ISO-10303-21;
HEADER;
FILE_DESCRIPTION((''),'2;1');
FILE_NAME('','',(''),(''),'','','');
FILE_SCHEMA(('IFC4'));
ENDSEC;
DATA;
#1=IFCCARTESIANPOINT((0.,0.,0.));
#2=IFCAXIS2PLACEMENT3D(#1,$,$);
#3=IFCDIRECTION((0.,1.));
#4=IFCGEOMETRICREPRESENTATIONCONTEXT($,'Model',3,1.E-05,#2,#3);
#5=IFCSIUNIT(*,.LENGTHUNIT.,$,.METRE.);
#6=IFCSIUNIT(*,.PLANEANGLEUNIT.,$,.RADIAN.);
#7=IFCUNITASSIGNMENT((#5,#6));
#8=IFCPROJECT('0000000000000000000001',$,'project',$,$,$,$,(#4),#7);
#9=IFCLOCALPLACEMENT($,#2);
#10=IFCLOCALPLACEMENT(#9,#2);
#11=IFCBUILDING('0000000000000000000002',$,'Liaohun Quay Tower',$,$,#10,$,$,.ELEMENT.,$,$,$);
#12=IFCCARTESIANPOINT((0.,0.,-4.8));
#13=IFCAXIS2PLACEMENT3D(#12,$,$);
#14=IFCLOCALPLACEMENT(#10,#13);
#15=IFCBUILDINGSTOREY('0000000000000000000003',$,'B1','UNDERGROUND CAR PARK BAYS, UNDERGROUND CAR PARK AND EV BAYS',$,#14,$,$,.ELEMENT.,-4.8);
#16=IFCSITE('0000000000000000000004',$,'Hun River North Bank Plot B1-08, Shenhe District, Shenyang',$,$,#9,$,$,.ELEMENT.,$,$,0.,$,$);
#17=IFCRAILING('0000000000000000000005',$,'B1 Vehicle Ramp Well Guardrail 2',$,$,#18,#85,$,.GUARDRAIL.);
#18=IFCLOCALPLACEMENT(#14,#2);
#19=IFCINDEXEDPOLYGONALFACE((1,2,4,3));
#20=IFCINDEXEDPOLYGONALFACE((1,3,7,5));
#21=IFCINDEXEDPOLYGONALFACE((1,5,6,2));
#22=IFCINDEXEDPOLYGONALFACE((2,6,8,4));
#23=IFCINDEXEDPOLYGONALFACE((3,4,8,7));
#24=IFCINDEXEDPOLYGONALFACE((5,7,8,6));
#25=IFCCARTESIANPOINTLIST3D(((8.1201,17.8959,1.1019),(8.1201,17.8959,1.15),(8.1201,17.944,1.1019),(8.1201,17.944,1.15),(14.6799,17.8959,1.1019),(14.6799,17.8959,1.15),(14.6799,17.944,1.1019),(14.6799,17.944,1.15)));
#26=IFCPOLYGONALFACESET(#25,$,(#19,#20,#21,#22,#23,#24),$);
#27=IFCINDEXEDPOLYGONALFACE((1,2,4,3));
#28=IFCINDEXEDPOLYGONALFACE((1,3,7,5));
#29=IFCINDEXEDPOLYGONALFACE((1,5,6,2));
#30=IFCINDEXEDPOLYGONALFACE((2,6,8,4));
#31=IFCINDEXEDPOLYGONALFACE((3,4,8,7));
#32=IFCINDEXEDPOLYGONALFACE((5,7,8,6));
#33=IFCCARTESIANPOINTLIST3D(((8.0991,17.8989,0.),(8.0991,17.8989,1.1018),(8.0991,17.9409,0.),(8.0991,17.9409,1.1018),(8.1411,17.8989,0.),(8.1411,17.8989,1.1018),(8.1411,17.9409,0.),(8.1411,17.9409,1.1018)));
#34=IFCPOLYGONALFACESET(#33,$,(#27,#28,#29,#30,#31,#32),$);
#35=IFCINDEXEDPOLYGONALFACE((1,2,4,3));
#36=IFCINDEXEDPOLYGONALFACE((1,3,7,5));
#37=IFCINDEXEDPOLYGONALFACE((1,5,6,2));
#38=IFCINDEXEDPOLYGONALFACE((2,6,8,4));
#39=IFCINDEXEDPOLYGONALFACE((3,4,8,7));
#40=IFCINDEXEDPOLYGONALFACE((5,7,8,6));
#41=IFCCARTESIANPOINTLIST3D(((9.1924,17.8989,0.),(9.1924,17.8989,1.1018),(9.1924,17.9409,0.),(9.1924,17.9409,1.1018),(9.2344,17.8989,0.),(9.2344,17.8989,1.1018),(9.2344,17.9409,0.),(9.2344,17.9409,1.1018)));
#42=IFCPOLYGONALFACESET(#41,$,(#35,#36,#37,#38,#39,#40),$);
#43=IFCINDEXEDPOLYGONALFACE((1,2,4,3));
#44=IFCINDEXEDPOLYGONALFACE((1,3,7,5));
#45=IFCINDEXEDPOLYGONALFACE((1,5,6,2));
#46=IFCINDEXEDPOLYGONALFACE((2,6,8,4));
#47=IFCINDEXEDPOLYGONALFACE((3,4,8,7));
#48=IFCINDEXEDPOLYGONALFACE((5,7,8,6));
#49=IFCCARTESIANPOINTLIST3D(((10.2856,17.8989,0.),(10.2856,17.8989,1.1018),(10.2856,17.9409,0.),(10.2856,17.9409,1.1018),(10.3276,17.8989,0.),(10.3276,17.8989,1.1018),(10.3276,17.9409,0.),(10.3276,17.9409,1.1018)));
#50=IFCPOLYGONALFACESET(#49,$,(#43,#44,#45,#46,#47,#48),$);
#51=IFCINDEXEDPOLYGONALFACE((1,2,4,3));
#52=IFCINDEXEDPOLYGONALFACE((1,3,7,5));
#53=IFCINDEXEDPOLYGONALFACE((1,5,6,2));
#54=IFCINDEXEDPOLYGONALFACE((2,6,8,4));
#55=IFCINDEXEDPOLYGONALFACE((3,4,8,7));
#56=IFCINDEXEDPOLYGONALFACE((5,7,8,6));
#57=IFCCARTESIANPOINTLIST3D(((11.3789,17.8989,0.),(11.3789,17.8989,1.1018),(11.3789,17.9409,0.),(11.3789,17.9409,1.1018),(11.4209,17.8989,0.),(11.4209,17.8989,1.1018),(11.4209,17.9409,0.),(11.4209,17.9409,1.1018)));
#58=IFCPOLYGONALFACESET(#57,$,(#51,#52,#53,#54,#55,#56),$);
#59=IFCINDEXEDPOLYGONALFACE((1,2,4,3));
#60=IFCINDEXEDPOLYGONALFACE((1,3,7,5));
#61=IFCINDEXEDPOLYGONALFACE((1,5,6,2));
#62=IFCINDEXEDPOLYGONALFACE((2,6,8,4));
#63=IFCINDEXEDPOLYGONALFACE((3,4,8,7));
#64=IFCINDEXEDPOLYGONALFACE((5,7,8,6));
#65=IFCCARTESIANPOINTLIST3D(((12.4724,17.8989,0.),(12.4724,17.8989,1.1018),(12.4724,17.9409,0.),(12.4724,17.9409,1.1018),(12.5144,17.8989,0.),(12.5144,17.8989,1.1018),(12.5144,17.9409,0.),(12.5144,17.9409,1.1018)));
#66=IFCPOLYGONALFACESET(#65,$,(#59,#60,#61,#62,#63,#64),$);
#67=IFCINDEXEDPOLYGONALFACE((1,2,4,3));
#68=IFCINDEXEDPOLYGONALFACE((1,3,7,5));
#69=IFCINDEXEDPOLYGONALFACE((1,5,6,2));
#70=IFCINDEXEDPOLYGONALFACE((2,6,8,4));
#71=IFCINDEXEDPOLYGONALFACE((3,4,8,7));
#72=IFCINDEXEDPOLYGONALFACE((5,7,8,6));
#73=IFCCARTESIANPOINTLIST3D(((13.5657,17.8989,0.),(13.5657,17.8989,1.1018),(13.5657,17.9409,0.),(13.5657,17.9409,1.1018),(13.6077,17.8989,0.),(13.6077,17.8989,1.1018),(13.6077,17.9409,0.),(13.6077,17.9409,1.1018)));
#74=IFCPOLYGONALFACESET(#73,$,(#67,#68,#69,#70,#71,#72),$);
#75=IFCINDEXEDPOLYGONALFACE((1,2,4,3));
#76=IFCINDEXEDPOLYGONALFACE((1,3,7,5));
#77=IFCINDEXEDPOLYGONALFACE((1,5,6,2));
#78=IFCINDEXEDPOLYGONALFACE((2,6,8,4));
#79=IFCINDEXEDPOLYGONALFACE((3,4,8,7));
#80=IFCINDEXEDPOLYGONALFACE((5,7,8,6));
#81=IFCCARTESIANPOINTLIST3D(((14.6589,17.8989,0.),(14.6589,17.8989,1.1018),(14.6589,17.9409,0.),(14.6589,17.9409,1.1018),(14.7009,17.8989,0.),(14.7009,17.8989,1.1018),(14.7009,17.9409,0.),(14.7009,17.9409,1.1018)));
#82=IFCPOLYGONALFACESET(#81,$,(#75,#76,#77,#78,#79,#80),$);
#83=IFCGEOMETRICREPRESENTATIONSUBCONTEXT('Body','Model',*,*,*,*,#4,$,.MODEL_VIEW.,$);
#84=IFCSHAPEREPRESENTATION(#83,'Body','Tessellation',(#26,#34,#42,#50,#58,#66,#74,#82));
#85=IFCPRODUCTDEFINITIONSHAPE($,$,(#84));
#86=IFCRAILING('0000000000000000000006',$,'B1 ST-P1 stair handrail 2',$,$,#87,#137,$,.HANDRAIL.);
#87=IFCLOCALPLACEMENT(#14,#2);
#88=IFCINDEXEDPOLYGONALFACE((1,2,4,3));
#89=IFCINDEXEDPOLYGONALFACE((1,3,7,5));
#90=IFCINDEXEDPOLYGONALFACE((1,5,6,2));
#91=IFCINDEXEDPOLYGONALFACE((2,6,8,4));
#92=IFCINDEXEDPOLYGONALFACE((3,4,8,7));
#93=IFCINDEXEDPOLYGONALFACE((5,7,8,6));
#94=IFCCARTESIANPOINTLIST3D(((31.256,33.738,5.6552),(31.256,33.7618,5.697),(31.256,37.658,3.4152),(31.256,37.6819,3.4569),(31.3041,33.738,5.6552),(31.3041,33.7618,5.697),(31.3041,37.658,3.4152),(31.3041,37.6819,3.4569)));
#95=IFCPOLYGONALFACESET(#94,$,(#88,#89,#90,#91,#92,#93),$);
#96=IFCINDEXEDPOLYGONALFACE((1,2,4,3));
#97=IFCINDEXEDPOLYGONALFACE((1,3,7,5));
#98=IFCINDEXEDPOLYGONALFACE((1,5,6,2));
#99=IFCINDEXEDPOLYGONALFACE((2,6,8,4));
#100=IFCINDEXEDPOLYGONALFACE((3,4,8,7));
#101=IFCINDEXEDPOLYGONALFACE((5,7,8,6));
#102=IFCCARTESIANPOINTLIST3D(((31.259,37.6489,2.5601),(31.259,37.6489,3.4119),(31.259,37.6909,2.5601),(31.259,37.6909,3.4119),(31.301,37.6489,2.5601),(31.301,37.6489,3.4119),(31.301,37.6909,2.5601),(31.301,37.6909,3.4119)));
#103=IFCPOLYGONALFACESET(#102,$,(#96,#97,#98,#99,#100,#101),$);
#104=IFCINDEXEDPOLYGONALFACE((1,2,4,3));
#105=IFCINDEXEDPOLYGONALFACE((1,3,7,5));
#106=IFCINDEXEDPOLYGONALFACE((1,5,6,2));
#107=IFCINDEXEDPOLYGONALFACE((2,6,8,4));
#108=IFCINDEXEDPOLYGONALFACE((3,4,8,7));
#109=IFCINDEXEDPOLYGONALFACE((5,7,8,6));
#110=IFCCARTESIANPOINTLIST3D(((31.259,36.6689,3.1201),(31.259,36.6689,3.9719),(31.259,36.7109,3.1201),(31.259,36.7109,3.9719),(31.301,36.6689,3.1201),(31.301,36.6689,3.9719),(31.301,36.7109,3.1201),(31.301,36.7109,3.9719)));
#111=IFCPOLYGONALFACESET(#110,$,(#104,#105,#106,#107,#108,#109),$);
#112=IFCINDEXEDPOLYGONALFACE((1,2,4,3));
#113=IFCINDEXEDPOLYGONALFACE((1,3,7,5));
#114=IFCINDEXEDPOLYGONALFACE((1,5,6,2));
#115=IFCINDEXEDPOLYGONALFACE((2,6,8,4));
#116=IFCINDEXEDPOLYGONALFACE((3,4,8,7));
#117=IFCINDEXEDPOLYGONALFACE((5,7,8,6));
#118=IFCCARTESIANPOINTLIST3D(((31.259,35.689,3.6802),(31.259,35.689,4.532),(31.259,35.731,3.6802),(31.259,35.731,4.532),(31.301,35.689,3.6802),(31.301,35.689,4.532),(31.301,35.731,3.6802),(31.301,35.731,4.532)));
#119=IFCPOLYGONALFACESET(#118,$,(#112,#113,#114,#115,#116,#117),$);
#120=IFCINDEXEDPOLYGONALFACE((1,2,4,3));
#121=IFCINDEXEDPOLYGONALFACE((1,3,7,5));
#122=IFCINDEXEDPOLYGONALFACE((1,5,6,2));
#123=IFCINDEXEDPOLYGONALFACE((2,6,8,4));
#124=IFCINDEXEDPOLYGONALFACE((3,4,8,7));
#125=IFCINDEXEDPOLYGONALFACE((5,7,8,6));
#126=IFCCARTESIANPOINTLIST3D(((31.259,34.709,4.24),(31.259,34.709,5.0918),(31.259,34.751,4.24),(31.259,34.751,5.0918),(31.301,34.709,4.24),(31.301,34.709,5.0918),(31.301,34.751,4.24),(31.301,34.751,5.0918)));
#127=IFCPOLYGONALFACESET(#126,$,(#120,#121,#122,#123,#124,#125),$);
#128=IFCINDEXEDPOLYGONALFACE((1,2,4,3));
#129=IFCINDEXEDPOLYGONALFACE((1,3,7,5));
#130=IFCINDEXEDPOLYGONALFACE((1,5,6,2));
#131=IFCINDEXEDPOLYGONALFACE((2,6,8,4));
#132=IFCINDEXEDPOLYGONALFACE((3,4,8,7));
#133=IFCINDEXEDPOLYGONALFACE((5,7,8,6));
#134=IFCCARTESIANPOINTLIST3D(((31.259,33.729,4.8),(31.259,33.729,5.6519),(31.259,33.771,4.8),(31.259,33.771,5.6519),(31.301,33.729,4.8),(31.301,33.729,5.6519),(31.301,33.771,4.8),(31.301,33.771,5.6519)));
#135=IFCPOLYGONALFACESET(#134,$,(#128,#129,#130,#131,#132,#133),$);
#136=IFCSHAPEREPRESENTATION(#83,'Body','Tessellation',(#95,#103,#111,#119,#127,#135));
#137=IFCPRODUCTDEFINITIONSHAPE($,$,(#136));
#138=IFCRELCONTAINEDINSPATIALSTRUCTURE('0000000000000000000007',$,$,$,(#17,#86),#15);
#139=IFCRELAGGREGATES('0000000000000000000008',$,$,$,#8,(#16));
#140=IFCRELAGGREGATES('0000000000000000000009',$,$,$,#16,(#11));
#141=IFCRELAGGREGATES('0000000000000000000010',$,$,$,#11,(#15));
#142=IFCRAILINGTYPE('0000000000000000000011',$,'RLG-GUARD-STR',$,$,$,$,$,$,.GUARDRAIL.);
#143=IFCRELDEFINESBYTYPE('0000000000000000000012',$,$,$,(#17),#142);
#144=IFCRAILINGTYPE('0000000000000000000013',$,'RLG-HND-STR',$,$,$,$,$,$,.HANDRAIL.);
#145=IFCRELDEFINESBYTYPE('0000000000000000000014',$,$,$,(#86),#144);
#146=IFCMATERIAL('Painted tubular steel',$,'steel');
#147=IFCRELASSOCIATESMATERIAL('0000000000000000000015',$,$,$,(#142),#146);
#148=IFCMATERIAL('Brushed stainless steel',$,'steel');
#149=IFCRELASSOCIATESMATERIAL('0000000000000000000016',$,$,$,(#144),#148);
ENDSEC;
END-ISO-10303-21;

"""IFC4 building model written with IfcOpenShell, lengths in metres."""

from ifc_helpers import new_model, si_unit, direction, frame, origin, origin_2d, place, context, subcontext, project, spatial, rectangle, extrude, material, type_object, element, save


model = new_model("IFC4")

# Units and contexts
model_context = context("Model", 3, precision=1e-05, world=origin(), true_north=direction((0.0, 1.0)))
body_context = subcontext(model_context, "Body", "Model", "MODEL_VIEW")
ifc_project = project(units=[si_unit("LENGTHUNIT", "METRE"), si_unit("PLANEANGLEUNIT", "RADIAN")], contexts=[model_context])

# Site, building, storey
site_placement = place(None, origin())
site = spatial("IfcSite", under=ifc_project, at=site_placement, Name="Hun River North Bank Plot B1-08, Shenhe District, Shenyang", CompositionType="ELEMENT", RefElevation=0.0)
building_placement = place(site_placement, origin())
building = spatial("IfcBuilding", under=site, at=building_placement, Name="Liaohun Quay Tower", CompositionType="ELEMENT")
storey_placement = place(building_placement, frame((0.0, 0.0, -4.8)))
storey = spatial("IfcBuildingStorey", under=building, at=storey_placement, Name="B1", Description="UNDERGROUND CAR PARK BAYS, UNDERGROUND CAR PARK AND EV BAYS", CompositionType="ELEMENT", Elevation=-4.8)

# Railings
ifc_material_1 = material(Name="Painted tubular steel", Category="steel")
railing_type_1 = type_object("IfcRailingType", Name="RLG-GUARD-STR", PredefinedType="GUARDRAIL", material=ifc_material_1)
railing_1_placement = place(storey_placement, frame((8.1201, 17.9199, 0.0)))
element("IfcRailing", 1, at=railing_1_placement, inside=storey, type_object=railing_type_1, Name="B1 Vehicle Ramp Well Guardrail 2", PredefinedType="GUARDRAIL", context=body_context, shape_type="SweptSolid", body=[
    extrude(rectangle(XDim=0.0481, YDim=0.0481, at=origin_2d()), frame((0.0, 0.0, 1.126), z_axis=(1.0, 0.0, 0.0), x_axis=(0.0, 1.0, 0.0)), (0.0, 0.0, 1.0), 6.5598),
    extrude(rectangle(XDim=0.042, YDim=0.042, at=origin_2d()), origin(), (0.0, 0.0, 1.0), 1.1018),
    extrude(rectangle(XDim=0.042, YDim=0.042, at=origin_2d()), frame((1.0933, 0.0, 0.0)), (0.0, 0.0, 1.0), 1.1018),
    extrude(rectangle(XDim=0.042, YDim=0.042, at=origin_2d()), frame((2.1865, 0.0, 0.0)), (0.0, 0.0, 1.0), 1.1018),
    extrude(rectangle(XDim=0.042, YDim=0.042, at=origin_2d()), frame((3.2798, 0.0, 0.0)), (0.0, 0.0, 1.0), 1.1018),
    extrude(rectangle(XDim=0.042, YDim=0.042, at=origin_2d()), frame((4.3733, 0.0, 0.0)), (0.0, 0.0, 1.0), 1.1018),
    extrude(rectangle(XDim=0.042, YDim=0.042, at=origin_2d()), frame((5.4666, 0.0, 0.0)), (0.0, 0.0, 1.0), 1.1018),
    extrude(rectangle(XDim=0.042, YDim=0.042, at=origin_2d()), frame((6.5598, 0.0, 0.0)), (0.0, 0.0, 1.0), 1.1018),
])
ifc_material_2 = material(Name="Brushed stainless steel", Category="steel")
railing_type_2 = type_object("IfcRailingType", Name="RLG-HND-STR", PredefinedType="HANDRAIL", material=ifc_material_2)
railing_2_placement = place(storey_placement, frame((31.28, 37.6699, 2.5601)))
element("IfcRailing", 2, at=railing_2_placement, inside=storey, type_object=railing_type_2, Name="B1 ST-P1 stair handrail 2", PredefinedType="HANDRAIL", context=body_context, shape_type="SweptSolid", body=[
    extrude(rectangle(XDim=0.0481, YDim=0.0481, at=origin_2d()), frame((0.0, 0.0, 0.876), z_axis=(0.0, -0.86824, 0.496145), x_axis=(1.0, 0.0, 0.0)), (0.0, 0.0, 1.0), 4.5149),
    extrude(rectangle(XDim=0.042, YDim=0.042, at=origin_2d()), origin(), (0.0, 0.0, 1.0), 0.8518),
    extrude(rectangle(XDim=0.042, YDim=0.042, at=origin_2d()), frame((0.0, -0.98, 0.5601)), (0.0, 0.0, 1.0), 0.8518),
    extrude(rectangle(XDim=0.042, YDim=0.042, at=origin_2d()), frame((0.0, -1.96, 1.1201)), (0.0, 0.0, 1.0), 0.8518),
    extrude(rectangle(XDim=0.042, YDim=0.042, at=origin_2d()), frame((0.0, -2.9399, 1.6799)), (0.0, 0.0, 1.0), 0.8518),
    extrude(rectangle(XDim=0.042, YDim=0.042, at=origin_2d()), frame((0.0, -3.9199, 2.24)), (0.0, 0.0, 1.0), 0.8518),
])

save(model, "model.ifc")
